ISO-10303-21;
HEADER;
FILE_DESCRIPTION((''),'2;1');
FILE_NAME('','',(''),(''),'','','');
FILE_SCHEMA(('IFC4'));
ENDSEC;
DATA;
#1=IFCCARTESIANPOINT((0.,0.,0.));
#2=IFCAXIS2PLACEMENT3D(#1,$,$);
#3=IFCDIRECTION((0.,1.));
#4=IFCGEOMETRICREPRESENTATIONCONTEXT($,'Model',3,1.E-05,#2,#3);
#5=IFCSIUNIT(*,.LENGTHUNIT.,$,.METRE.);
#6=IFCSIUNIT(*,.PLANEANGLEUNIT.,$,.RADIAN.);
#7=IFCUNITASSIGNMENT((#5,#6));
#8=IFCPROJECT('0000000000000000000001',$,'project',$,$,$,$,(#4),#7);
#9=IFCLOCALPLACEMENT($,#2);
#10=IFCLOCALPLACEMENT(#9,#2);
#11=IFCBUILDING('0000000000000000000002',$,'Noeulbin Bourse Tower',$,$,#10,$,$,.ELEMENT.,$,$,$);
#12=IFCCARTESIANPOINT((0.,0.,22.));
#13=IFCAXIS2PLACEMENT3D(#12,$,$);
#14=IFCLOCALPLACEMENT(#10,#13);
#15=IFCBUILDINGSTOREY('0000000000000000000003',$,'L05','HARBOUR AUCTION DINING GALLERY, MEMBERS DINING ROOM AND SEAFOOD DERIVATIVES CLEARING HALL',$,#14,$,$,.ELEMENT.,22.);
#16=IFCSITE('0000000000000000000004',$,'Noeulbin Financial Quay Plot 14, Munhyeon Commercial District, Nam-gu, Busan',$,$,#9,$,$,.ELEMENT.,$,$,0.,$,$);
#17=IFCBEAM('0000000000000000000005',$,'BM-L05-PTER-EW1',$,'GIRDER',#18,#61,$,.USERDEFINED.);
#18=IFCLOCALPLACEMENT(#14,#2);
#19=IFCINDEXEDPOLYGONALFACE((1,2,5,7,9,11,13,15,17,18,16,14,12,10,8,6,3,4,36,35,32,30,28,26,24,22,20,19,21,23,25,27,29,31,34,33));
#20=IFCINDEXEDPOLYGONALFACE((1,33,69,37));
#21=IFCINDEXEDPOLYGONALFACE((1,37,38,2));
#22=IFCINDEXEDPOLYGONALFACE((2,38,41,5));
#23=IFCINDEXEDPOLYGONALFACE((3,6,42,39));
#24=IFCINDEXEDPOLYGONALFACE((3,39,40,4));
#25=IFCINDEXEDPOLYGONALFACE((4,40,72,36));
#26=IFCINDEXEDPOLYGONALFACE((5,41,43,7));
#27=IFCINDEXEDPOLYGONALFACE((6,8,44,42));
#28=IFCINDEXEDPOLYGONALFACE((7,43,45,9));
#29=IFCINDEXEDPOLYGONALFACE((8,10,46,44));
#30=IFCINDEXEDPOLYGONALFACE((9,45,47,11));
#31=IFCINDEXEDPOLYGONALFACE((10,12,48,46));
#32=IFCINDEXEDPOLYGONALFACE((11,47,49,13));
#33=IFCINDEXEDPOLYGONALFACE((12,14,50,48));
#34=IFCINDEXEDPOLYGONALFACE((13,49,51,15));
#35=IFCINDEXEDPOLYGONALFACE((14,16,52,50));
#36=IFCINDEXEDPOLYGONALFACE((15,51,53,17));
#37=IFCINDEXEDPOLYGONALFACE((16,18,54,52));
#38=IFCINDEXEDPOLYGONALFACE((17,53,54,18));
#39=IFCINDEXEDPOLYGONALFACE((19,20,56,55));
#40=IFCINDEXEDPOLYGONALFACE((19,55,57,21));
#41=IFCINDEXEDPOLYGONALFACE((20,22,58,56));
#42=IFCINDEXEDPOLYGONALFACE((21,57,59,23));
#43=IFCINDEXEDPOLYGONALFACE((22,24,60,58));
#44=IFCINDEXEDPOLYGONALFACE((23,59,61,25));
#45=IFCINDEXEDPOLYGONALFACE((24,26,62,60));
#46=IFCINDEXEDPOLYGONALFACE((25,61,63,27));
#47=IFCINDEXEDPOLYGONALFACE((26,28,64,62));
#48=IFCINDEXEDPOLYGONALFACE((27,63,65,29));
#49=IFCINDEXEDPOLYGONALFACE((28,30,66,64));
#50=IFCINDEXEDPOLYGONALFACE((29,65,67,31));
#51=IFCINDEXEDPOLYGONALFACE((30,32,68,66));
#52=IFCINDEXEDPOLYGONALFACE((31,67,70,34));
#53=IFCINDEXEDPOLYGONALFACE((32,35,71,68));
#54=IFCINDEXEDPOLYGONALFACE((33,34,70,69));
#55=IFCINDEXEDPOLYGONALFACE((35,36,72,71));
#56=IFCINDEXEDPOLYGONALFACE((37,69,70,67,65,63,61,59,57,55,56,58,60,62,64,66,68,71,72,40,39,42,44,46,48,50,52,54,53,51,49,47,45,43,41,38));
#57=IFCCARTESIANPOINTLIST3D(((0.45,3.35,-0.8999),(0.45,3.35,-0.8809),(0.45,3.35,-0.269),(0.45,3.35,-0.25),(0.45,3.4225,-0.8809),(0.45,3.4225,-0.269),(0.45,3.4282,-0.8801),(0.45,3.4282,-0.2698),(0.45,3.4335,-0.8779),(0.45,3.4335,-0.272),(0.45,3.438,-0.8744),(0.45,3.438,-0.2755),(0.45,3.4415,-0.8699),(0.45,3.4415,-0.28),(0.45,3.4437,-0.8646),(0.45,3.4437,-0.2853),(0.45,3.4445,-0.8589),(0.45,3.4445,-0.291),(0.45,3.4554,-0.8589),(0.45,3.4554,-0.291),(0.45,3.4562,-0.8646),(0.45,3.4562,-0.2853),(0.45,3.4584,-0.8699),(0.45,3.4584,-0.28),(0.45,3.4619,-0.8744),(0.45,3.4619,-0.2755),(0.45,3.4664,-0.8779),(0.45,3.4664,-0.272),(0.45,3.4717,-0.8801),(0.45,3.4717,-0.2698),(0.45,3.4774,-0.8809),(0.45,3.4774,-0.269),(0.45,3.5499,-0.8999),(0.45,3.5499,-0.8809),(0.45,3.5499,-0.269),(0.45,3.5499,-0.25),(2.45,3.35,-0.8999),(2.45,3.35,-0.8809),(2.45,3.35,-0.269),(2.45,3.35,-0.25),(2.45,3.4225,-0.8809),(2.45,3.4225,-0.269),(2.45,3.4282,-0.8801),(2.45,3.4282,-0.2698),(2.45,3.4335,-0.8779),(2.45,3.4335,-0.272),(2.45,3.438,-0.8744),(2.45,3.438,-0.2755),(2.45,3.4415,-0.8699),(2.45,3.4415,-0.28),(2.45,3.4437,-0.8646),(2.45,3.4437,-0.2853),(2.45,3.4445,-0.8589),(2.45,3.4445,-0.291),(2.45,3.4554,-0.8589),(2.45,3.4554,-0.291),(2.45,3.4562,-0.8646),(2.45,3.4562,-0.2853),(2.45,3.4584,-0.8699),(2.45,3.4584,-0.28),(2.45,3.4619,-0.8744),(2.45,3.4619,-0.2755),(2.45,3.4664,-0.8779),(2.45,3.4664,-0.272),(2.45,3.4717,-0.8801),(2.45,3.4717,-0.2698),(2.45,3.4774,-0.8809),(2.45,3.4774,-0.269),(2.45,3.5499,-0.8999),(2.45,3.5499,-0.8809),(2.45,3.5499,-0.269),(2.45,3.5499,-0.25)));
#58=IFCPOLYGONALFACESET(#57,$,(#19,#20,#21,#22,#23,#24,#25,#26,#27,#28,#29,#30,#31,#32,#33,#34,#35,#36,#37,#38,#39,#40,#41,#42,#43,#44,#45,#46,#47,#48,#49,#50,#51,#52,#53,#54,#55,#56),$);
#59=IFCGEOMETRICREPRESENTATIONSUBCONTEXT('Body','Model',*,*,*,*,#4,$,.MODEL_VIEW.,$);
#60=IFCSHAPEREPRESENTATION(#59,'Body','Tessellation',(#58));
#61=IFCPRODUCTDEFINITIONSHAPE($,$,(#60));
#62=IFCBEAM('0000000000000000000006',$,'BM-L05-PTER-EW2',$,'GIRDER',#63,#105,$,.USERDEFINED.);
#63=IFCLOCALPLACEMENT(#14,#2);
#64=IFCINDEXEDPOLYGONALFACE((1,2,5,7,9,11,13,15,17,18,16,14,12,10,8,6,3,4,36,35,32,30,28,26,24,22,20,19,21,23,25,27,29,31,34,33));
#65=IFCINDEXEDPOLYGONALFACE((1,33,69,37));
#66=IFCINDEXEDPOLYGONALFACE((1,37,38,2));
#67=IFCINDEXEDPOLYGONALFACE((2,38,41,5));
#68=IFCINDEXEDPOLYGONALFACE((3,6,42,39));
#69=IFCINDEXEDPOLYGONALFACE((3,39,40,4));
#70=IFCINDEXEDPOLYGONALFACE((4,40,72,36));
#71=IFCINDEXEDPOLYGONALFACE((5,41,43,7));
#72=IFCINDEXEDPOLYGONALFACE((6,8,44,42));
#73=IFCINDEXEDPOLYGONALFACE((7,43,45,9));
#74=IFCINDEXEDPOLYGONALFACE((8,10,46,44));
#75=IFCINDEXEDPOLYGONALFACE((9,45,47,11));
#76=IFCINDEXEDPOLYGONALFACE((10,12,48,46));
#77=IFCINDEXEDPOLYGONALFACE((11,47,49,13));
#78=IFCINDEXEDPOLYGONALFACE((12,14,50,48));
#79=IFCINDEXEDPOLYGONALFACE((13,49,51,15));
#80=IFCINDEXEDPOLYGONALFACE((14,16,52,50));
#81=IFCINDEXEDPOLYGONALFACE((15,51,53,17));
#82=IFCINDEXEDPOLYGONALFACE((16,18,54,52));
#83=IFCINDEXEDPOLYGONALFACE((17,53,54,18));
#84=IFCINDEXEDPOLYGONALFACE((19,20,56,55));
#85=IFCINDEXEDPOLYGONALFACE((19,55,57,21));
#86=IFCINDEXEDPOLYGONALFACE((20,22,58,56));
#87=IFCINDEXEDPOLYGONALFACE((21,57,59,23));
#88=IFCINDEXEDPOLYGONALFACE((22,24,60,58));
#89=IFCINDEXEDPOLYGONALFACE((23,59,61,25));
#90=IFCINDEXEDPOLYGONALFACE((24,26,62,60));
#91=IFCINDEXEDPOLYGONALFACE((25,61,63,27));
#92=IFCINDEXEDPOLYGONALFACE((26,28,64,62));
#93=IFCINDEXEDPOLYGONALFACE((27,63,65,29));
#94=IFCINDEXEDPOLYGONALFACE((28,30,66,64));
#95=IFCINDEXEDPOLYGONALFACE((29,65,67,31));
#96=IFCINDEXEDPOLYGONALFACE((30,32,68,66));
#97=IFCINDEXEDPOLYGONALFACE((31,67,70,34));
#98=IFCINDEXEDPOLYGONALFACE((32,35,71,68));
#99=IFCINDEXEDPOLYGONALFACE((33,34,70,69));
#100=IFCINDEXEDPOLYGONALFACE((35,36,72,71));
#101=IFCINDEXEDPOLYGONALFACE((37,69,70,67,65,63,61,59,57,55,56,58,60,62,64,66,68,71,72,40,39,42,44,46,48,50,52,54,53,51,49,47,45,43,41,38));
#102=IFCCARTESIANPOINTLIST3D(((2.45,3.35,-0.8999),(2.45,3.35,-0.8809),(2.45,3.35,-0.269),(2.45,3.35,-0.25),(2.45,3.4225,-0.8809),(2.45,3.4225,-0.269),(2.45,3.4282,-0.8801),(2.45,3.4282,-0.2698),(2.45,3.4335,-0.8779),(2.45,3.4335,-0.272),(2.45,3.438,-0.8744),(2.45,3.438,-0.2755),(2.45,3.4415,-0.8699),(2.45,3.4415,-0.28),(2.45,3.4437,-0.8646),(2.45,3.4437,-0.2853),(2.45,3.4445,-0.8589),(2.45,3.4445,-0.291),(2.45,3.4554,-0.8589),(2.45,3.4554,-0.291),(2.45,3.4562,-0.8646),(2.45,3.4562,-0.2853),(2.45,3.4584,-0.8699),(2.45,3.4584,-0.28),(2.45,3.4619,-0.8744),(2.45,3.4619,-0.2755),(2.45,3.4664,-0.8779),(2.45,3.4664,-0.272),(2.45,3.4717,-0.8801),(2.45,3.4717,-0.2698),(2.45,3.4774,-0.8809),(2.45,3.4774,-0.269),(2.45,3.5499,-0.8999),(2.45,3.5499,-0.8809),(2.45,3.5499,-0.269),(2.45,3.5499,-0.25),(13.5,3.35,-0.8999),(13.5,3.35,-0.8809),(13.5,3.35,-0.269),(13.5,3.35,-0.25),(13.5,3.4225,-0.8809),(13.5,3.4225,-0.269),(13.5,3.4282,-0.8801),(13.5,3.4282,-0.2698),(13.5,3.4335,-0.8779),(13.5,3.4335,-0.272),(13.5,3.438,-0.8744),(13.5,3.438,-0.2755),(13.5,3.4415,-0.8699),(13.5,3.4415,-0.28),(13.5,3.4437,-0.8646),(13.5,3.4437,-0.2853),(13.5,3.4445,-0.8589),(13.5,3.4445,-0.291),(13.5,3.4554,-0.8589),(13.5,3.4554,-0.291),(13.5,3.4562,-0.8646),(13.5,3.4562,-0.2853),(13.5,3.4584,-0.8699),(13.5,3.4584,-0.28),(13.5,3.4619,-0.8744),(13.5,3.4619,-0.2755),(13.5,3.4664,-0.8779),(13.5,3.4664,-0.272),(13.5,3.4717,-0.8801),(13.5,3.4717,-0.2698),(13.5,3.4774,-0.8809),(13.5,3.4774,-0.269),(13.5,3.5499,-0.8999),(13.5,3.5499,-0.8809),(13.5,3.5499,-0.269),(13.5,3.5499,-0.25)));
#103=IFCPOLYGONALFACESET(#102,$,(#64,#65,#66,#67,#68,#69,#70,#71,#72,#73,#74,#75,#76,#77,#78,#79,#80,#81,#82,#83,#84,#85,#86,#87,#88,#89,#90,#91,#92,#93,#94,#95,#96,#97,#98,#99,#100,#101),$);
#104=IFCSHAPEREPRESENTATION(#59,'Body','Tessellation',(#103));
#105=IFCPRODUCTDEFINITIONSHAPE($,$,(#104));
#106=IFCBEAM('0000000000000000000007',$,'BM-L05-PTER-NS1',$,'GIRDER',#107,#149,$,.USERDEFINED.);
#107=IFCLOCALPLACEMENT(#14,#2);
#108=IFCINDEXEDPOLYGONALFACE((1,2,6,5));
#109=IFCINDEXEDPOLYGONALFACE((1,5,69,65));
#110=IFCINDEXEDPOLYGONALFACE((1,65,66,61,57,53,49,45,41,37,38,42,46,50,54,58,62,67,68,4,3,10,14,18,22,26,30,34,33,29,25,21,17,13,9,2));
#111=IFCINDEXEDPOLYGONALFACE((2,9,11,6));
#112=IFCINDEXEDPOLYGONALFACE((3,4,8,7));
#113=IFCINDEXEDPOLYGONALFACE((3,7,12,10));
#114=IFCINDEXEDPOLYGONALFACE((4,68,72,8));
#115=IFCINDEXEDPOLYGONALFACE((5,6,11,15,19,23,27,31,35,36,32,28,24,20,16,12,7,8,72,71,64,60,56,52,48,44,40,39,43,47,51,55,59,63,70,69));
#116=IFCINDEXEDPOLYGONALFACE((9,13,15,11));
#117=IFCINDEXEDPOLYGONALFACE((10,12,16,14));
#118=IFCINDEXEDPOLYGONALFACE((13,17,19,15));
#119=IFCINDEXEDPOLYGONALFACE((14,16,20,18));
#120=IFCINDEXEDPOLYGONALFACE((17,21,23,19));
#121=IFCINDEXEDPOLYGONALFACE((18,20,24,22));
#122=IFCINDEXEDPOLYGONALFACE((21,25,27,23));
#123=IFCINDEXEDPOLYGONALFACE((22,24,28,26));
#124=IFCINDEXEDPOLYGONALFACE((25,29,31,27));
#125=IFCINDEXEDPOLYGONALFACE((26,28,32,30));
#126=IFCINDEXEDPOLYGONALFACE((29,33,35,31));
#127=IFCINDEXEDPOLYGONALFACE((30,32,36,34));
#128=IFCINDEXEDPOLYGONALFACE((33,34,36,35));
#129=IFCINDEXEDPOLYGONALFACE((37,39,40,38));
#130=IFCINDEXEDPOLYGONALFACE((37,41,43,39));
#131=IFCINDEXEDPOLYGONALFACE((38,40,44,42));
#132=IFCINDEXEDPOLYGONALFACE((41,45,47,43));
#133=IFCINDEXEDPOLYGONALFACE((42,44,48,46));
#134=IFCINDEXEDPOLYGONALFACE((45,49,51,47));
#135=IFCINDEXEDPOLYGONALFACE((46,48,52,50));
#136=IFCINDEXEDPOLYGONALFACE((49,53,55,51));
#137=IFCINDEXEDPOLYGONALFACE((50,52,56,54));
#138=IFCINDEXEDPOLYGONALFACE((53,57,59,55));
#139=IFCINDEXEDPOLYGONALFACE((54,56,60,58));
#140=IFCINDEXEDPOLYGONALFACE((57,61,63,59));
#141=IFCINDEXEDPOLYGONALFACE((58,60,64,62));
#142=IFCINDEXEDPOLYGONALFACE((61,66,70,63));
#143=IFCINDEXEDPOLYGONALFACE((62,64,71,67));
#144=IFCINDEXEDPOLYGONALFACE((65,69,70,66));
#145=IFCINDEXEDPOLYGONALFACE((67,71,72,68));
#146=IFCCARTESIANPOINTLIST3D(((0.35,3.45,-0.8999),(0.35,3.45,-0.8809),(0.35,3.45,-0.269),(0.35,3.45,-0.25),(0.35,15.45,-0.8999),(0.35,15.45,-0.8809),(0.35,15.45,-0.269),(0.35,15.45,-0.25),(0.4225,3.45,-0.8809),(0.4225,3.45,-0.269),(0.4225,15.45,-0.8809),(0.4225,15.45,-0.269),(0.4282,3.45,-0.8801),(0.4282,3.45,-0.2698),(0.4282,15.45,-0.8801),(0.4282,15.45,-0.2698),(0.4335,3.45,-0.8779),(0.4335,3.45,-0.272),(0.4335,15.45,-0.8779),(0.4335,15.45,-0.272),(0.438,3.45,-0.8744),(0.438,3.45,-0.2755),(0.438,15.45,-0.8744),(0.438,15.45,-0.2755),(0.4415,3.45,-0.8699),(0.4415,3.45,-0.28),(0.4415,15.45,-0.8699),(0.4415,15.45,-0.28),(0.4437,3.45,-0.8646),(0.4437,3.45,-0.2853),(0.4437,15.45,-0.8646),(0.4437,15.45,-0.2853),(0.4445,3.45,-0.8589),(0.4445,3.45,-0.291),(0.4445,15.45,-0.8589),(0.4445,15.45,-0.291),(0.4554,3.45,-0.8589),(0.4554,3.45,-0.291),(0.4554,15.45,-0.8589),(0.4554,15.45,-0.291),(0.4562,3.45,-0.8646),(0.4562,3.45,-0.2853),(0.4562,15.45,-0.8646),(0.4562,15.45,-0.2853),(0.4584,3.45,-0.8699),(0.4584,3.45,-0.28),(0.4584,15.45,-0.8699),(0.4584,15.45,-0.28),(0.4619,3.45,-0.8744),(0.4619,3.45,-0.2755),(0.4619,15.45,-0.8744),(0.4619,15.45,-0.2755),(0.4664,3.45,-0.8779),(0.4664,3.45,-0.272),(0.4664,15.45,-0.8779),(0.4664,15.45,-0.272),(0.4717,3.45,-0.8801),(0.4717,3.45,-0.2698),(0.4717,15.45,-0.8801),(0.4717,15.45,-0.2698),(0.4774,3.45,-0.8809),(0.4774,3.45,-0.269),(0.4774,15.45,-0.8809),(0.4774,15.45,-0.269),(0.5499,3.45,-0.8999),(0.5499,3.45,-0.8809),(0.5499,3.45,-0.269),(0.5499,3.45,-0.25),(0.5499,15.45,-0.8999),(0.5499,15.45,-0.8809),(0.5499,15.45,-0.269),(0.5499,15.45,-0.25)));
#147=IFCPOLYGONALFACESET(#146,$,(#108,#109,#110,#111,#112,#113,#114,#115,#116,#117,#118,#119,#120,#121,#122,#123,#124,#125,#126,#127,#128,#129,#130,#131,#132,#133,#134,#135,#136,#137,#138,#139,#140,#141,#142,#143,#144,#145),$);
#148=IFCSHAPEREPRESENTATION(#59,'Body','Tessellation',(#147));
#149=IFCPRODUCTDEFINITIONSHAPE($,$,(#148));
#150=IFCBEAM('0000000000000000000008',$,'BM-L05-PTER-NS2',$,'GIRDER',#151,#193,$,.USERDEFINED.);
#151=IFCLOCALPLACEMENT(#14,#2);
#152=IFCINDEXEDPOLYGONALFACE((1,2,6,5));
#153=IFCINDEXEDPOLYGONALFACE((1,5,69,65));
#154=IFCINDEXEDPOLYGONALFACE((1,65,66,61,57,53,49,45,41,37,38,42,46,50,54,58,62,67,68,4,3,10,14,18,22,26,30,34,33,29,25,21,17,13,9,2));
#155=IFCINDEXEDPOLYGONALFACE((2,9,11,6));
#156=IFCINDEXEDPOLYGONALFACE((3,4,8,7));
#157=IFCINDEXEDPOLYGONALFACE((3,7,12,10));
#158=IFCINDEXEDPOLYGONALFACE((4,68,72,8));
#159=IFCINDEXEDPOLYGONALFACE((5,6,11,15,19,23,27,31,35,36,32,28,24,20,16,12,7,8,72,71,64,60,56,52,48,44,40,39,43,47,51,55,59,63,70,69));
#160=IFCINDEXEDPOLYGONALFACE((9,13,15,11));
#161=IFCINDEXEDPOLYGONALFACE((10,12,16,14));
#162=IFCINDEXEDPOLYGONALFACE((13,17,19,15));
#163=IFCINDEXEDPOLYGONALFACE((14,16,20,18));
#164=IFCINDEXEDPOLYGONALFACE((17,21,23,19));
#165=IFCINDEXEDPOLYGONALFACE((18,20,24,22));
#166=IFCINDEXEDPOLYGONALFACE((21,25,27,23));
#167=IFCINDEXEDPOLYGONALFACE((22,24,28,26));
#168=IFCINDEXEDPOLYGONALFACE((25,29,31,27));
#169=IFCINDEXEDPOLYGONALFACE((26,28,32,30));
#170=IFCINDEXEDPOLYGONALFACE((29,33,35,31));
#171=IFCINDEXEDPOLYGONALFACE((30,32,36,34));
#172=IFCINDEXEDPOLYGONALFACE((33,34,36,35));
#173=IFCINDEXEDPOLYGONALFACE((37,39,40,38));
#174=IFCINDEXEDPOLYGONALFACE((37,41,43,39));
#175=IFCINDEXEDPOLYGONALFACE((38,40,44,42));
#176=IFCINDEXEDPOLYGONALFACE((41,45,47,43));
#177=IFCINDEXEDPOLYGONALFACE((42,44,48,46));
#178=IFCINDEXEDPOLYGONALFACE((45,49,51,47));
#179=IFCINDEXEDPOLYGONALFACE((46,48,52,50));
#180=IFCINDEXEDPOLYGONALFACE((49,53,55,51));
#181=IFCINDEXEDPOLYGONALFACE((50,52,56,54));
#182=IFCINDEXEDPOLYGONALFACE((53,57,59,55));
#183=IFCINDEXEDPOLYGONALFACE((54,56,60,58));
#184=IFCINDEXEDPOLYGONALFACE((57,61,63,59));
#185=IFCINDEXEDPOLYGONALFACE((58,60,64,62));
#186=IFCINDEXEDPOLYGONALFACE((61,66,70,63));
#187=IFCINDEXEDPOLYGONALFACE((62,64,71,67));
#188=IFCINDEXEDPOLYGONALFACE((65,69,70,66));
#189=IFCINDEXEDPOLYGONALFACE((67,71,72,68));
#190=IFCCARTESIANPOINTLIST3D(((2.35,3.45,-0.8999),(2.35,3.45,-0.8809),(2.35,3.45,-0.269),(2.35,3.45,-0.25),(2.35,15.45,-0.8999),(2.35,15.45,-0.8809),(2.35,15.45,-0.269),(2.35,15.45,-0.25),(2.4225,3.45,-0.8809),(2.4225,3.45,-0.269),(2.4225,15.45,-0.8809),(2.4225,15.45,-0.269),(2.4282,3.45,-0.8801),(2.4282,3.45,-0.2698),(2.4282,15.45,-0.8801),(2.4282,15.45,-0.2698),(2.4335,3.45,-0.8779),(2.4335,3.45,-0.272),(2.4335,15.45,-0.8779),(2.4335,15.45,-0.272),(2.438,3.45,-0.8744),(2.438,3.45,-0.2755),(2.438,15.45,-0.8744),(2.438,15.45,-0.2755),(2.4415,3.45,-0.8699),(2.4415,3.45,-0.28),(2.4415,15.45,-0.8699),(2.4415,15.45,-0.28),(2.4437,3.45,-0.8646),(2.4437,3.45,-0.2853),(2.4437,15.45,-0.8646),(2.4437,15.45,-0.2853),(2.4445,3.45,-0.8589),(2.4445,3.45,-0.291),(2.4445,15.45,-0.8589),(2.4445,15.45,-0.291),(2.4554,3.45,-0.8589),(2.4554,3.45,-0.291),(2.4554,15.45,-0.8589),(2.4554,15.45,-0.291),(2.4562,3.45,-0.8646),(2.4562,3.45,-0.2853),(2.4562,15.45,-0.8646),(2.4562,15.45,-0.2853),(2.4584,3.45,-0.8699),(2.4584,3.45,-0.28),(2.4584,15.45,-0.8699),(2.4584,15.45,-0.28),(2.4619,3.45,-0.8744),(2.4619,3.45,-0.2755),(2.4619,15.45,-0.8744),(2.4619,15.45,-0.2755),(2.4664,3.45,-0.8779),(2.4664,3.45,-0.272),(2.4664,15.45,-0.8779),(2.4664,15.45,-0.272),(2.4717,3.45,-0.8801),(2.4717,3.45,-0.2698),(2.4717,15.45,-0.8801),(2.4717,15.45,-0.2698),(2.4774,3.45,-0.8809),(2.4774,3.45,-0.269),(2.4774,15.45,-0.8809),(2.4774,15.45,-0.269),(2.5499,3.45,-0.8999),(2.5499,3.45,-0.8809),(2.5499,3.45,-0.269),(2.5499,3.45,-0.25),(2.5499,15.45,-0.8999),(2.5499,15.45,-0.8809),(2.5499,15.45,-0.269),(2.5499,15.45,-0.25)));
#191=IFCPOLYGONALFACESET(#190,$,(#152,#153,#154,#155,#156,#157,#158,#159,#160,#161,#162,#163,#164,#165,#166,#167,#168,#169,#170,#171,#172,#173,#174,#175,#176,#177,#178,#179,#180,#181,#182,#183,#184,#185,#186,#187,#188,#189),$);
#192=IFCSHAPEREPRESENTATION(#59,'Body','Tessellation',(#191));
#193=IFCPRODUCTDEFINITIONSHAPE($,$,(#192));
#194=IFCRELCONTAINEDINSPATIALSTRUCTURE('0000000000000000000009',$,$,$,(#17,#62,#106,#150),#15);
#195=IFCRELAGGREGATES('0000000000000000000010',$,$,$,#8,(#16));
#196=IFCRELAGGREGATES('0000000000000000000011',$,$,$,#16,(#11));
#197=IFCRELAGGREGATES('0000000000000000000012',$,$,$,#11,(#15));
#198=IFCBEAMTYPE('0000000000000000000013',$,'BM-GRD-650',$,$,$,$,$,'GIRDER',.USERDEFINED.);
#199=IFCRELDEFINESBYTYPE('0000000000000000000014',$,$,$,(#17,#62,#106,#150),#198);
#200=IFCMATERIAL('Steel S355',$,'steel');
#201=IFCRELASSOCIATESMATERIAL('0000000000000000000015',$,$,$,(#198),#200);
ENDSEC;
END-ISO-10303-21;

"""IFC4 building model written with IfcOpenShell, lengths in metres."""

from ifc_helpers import new_model, si_unit, direction, frame, origin, origin_2d, place, context, subcontext, project, spatial, i_section, extrude, material, material_profile, profile_set, type_object, element, save


model = new_model("IFC4")

# Units and contexts
model_context = context("Model", 3, precision=1e-05, world=origin(), true_north=direction((0.0, 1.0)))
body_context = subcontext(model_context, "Body", "Model", "MODEL_VIEW")
ifc_project = project(units=[si_unit("LENGTHUNIT", "METRE"), si_unit("PLANEANGLEUNIT", "RADIAN")], contexts=[model_context])

# Site, building, storey
site_placement = place(None, origin())
site = spatial("IfcSite", under=ifc_project, at=site_placement, Name="Noeulbin Financial Quay Plot 14, Munhyeon Commercial District, Nam-gu, Busan", CompositionType="ELEMENT", RefElevation=0.0)
building_placement = place(site_placement, origin())
building = spatial("IfcBuilding", under=site, at=building_placement, Name="Noeulbin Bourse Tower", CompositionType="ELEMENT")
storey_placement = place(building_placement, frame((0.0, 0.0, 22.0)))
storey = spatial("IfcBuildingStorey", under=building, at=storey_placement, Name="L05", Description="HARBOUR AUCTION DINING GALLERY, MEMBERS DINING ROOM AND SEAFOOD DERIVATIVES CLEARING HALL", CompositionType="ELEMENT", Elevation=22.0)

# Beams
ifc_material_1 = material(Name="Steel S355", Category="steel")
ifc_material_profile_1 = material_profile(ifc_material_1, i_section(OverallWidth=0.2, OverallDepth=0.6499, WebThickness=0.011, FlangeThickness=0.019, FilletRadius=0.022, at=origin_2d()), Name="H-650x200x11x19", Category="LoadBearing")
ifc_profile_set_1 = profile_set([ifc_material_profile_1], Name="Steel S355")
beam_type = type_object("IfcBeamType", Name="BM-GRD-650", ElementType="GIRDER", PredefinedType="USERDEFINED", material=ifc_profile_set_1)
beam_1_placement = place(storey_placement, frame((0.45, 3.45, -0.575), z_axis=(1.0, 0.0, 0.0), x_axis=(0.0, 1.0, 0.0)))
element("IfcBeam", 1, at=beam_1_placement, inside=storey, type_object=beam_type, Name="BM-L05-PTER-EW1", ObjectType="GIRDER", PredefinedType="USERDEFINED", context=body_context, shape_type="SweptSolid", body=[
    extrude(i_section(OverallWidth=0.2, OverallDepth=0.6499, WebThickness=0.011, FlangeThickness=0.019, FilletRadius=0.022, at=origin_2d()), origin(), (0.0, 0.0, 1.0), 2.0),
])
beam_2_placement = place(storey_placement, frame((2.45, 3.45, -0.575), z_axis=(1.0, 0.0, 0.0), x_axis=(0.0, 1.0, 0.0)))
element("IfcBeam", 2, at=beam_2_placement, inside=storey, type_object=beam_type, Name="BM-L05-PTER-EW2", ObjectType="GIRDER", PredefinedType="USERDEFINED", context=body_context, shape_type="SweptSolid", body=[
    extrude(i_section(OverallWidth=0.2, OverallDepth=0.6499, WebThickness=0.011, FlangeThickness=0.019, FilletRadius=0.022, at=origin_2d()), origin(), (0.0, 0.0, 1.0), 11.05),
])
for number, where, z_axis, x_axis, name in (
    (3, (0.45, 3.45, -0.575), (0.0, 1.0, 0.0), (-1.0, 0.0, 0.0), "BM-L05-PTER-NS1"),
    (4, (2.45, 3.45, -0.575), (0.0, 1.0, 0.0), (-1.0, 0.0, 0.0), "BM-L05-PTER-NS2"),
):
    element("IfcBeam", number, at=place(storey_placement, frame(where, z_axis=z_axis, x_axis=x_axis)), inside=storey, type_object=beam_type, Name=name, ObjectType="GIRDER", PredefinedType="USERDEFINED", context=body_context, shape_type="SweptSolid", body=[
        extrude(i_section(OverallWidth=0.2, OverallDepth=0.6499, WebThickness=0.011, FlangeThickness=0.019, FilletRadius=0.022, at=origin_2d()), origin(), (0.0, 0.0, 1.0), 12.0),
    ])

save(model, "model.ifc")
